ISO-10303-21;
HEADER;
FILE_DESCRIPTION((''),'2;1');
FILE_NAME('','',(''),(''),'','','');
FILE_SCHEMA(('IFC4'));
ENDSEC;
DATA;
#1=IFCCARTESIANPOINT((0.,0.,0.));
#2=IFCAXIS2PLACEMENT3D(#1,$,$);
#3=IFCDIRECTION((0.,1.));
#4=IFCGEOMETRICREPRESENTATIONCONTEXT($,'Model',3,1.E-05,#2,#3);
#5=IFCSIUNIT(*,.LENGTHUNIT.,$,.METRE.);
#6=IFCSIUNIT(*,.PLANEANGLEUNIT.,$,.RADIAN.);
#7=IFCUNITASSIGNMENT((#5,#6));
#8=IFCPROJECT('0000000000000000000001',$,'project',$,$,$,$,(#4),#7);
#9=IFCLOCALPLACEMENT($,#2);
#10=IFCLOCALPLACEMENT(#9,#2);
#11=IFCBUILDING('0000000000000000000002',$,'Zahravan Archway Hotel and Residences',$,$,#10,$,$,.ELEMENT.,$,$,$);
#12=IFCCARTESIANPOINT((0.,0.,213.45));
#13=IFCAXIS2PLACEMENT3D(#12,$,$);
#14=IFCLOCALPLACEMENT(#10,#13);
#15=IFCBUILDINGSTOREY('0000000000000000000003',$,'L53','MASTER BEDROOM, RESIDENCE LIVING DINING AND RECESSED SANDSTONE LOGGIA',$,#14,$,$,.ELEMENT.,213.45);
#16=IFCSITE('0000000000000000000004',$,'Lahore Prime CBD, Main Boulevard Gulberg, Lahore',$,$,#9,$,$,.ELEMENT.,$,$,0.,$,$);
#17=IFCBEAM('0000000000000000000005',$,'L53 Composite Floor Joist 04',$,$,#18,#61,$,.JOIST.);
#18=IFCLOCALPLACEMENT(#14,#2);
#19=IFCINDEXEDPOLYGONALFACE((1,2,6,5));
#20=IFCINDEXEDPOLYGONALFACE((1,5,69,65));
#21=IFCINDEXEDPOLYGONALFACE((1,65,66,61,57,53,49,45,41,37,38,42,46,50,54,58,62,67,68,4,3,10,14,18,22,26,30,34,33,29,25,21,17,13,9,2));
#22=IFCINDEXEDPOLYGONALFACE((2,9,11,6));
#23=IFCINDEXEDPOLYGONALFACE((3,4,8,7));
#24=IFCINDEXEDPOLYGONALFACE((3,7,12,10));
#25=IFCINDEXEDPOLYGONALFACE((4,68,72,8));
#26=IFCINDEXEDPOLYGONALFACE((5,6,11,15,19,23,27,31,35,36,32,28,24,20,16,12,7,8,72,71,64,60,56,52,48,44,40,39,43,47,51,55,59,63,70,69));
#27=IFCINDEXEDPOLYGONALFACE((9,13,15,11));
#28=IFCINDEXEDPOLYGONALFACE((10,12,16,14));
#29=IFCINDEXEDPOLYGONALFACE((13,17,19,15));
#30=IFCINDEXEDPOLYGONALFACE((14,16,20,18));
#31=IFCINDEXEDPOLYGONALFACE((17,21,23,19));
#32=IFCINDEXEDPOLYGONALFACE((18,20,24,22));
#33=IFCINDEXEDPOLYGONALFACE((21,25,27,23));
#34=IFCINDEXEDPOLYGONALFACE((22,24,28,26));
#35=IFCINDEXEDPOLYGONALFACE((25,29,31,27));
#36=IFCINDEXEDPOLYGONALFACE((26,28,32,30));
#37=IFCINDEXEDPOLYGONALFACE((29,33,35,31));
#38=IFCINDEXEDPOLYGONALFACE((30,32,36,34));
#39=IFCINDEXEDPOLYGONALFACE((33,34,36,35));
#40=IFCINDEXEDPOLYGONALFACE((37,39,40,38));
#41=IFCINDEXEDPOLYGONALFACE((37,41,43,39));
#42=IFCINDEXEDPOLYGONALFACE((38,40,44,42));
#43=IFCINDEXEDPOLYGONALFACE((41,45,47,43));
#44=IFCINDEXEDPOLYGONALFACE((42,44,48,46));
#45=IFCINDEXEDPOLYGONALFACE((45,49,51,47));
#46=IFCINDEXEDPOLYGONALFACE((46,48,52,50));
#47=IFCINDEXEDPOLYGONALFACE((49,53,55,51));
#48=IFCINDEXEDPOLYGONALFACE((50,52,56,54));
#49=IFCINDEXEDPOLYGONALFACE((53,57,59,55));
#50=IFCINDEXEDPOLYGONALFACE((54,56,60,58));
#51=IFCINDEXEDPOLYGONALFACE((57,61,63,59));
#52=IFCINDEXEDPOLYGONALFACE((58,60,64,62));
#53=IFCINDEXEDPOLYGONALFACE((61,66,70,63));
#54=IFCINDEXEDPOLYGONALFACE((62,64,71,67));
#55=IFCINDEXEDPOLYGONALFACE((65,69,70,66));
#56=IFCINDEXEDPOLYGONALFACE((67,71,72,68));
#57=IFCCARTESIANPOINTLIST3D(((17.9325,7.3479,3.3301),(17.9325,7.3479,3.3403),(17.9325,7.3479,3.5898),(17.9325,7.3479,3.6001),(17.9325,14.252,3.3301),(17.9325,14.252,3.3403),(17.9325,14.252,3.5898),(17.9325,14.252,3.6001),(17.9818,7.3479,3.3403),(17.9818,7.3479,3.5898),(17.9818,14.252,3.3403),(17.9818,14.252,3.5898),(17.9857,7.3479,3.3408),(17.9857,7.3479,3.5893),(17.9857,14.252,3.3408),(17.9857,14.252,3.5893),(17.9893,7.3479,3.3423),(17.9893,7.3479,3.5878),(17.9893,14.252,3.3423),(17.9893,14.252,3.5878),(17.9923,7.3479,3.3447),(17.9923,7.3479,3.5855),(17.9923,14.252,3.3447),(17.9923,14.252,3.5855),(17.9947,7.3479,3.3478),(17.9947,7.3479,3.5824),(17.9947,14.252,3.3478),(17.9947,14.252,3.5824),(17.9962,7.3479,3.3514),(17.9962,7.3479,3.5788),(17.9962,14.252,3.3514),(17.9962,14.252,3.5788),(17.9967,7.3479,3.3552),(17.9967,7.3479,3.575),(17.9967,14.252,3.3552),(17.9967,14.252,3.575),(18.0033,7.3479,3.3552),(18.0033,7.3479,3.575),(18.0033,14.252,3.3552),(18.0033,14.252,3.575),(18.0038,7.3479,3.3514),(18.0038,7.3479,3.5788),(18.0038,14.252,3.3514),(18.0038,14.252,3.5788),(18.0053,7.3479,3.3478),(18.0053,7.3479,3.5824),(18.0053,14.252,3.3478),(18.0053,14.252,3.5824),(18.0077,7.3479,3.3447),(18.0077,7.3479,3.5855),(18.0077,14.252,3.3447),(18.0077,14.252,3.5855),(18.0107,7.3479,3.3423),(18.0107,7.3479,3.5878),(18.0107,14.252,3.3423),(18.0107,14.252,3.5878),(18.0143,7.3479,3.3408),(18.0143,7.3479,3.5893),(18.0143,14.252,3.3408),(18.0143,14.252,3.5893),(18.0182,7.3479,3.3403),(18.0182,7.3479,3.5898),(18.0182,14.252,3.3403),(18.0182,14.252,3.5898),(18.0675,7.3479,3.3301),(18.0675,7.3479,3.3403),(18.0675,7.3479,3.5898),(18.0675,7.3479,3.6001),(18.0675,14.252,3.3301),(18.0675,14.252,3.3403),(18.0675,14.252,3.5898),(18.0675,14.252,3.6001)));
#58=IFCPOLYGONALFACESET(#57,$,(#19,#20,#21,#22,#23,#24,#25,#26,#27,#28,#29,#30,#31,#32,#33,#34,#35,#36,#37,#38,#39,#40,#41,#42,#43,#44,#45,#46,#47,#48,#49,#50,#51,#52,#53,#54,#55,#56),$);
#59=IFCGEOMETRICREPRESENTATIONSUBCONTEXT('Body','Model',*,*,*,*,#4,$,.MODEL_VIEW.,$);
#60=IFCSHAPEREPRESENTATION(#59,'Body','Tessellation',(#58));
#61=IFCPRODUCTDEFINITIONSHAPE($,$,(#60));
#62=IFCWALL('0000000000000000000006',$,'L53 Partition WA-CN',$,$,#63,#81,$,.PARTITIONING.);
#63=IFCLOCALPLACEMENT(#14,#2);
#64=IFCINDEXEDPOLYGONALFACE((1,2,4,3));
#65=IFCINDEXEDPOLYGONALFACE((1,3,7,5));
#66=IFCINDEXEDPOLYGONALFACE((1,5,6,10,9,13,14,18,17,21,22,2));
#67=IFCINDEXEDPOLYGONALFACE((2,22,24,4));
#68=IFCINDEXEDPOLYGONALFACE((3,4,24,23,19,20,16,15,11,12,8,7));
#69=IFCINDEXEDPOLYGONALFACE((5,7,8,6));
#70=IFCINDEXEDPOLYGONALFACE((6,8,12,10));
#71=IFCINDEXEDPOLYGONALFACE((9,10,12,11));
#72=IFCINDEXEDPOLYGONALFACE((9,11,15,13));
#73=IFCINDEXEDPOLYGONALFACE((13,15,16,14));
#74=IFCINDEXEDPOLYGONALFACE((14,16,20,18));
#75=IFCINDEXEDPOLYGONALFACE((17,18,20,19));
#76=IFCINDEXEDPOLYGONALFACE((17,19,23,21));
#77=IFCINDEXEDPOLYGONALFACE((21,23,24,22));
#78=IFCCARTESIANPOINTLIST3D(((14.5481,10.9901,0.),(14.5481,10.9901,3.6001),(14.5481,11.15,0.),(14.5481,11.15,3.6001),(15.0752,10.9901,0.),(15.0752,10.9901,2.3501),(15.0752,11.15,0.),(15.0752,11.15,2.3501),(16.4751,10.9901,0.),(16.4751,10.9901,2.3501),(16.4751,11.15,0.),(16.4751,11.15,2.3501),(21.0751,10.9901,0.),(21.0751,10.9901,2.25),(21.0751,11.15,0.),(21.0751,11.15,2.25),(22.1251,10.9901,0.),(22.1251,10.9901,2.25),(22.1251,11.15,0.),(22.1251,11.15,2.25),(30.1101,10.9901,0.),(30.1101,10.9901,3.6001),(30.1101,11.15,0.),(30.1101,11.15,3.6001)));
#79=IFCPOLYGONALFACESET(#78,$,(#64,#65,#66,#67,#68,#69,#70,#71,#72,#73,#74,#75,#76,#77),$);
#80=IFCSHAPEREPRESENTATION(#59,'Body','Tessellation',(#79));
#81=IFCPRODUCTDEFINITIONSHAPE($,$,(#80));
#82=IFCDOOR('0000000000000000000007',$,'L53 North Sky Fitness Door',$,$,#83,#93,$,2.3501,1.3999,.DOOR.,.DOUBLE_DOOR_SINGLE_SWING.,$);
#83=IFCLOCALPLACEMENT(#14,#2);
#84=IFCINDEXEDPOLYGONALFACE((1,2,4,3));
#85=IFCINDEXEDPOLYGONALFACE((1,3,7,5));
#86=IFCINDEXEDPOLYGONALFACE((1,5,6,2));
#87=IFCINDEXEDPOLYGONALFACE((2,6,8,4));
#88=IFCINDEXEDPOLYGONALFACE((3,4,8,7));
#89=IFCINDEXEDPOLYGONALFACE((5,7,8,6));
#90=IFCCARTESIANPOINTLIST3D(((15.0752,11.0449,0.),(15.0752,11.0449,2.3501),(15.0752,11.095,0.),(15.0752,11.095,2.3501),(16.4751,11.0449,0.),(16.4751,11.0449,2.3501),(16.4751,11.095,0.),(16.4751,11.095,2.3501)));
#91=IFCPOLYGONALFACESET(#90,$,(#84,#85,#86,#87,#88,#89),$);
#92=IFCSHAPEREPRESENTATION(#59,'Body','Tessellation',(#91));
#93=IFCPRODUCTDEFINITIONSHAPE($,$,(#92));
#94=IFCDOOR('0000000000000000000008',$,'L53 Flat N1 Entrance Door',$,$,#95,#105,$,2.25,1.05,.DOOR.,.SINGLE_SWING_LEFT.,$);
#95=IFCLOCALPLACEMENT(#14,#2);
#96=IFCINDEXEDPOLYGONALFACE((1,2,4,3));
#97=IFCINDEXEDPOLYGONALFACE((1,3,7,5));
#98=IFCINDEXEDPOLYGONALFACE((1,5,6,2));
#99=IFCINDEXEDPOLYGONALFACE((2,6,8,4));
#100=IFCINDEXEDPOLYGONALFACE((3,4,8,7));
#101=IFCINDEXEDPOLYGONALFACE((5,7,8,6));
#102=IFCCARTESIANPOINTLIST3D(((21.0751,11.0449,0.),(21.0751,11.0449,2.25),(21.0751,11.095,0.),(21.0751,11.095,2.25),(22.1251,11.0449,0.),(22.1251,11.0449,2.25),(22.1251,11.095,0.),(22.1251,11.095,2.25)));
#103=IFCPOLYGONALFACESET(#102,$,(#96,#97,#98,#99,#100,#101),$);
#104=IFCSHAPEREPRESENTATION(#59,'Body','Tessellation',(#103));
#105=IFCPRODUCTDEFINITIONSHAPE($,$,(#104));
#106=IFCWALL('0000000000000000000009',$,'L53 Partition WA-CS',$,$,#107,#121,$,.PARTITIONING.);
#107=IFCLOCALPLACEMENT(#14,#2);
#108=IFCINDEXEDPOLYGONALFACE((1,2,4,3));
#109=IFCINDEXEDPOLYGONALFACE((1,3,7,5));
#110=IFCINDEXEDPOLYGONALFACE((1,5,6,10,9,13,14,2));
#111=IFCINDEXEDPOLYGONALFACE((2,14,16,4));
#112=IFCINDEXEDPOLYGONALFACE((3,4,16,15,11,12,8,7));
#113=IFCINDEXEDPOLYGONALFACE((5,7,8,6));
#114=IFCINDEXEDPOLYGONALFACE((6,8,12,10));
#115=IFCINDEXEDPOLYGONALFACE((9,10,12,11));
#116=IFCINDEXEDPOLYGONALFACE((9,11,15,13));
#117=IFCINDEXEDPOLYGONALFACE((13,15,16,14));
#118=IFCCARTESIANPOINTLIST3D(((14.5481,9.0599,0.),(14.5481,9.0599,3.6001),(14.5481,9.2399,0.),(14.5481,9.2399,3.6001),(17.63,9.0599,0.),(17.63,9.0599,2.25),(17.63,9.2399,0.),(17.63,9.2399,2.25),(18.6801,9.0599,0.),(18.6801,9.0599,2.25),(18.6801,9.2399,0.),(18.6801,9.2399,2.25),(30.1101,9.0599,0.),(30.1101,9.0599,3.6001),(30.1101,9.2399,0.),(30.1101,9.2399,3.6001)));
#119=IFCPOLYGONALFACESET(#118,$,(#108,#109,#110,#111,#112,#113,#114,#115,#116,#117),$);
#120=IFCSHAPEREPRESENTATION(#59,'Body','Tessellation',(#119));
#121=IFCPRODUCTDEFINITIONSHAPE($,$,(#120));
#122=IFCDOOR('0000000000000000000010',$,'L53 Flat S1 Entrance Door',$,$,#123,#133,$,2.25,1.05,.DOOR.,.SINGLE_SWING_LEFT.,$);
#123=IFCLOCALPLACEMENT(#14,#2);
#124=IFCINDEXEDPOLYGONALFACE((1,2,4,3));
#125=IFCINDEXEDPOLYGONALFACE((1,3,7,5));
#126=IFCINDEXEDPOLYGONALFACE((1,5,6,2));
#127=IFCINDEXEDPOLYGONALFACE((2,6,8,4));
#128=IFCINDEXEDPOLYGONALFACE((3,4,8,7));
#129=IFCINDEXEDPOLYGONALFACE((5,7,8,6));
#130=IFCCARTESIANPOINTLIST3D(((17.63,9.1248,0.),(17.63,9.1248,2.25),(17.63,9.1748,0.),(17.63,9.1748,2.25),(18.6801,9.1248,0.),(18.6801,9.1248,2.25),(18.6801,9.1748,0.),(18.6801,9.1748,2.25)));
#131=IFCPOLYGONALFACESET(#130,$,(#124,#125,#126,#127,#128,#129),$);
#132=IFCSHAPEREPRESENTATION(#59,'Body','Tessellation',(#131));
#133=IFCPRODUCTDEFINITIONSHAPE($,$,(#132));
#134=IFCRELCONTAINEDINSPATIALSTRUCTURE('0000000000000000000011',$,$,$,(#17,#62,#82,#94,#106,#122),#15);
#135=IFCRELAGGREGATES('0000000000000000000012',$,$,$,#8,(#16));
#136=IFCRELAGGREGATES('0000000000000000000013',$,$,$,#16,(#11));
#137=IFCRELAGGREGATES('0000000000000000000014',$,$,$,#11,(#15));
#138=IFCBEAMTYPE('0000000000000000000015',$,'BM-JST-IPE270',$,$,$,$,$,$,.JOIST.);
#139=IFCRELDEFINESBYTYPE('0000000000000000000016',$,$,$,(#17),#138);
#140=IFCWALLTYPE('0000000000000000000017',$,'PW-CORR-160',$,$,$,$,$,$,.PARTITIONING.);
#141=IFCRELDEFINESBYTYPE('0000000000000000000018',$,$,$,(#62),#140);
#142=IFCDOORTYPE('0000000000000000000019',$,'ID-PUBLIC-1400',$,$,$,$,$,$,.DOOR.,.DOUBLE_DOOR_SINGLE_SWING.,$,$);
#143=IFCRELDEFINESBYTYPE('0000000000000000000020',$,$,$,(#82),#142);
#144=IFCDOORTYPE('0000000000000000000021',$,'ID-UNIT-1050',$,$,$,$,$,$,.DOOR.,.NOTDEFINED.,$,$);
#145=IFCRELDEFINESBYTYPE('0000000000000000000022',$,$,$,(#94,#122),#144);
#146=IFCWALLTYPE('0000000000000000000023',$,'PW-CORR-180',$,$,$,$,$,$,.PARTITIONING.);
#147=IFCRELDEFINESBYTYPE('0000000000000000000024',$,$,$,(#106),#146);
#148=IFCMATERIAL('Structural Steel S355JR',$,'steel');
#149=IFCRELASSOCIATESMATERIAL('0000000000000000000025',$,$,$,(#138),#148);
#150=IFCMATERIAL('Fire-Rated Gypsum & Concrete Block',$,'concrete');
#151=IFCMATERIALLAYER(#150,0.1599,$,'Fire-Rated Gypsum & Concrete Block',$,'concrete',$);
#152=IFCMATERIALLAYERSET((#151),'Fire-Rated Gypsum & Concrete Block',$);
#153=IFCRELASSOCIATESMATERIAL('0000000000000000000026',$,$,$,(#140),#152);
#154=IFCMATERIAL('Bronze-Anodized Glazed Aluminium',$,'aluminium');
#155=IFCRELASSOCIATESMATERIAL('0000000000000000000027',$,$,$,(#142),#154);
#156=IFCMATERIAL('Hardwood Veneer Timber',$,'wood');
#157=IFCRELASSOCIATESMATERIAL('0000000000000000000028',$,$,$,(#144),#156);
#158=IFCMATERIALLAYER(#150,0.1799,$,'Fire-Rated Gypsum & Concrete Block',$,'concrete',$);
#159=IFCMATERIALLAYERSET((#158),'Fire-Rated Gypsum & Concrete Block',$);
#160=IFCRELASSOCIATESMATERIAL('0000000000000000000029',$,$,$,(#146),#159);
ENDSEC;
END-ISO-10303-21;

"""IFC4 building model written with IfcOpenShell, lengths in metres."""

from ifc_helpers import new_model, si_unit, direction, frame, frame_2d, origin, origin_2d, place, context, subcontext, project, spatial, rectangle, i_section, extrude, source, transform, mapped, material, layer, layer_set, material_profile, profile_set, type_object, type_shapes, element, fill, save


model = new_model("IFC4")

# Units and contexts
model_context = context("Model", 3, precision=1e-05, world=origin(), true_north=direction((0.0, 1.0)))
body_context = subcontext(model_context, "Body", "Model", "MODEL_VIEW")
ifc_project = project(units=[si_unit("LENGTHUNIT", "METRE"), si_unit("PLANEANGLEUNIT", "RADIAN")], contexts=[model_context])

# Site, building, storey
site_placement = place(None, origin())
site = spatial("IfcSite", under=ifc_project, at=site_placement, Name="Lahore Prime CBD, Main Boulevard Gulberg, Lahore", CompositionType="ELEMENT", RefElevation=0.0)
building_placement = place(site_placement, origin())
building = spatial("IfcBuilding", under=site, at=building_placement, Name="Zahravan Archway Hotel and Residences", CompositionType="ELEMENT")
storey_placement = place(building_placement, frame((0.0, 0.0, 213.45)))
storey = spatial("IfcBuildingStorey", under=building, at=storey_placement, Name="L53", Description="MASTER BEDROOM, RESIDENCE LIVING DINING AND RECESSED SANDSTONE LOGGIA", CompositionType="ELEMENT", Elevation=213.45)

# Beam
ifc_material_1 = material(Name="Structural Steel S355JR", Category="steel")
ifc_material_profile_1 = material_profile(ifc_material_1, i_section(OverallWidth=0.135, OverallDepth=0.27, WebThickness=0.0066, FlangeThickness=0.0103, FilletRadius=0.0149, at=origin_2d()), Name="IPE 270", Category="steel")
ifc_profile_set_1 = profile_set([ifc_material_profile_1], Name="Structural Steel S355JR")
beam_type_1 = type_object("IfcBeamType", Name="BM-JST-IPE270", PredefinedType="JOIST", material=ifc_profile_set_1)
shared_shape_1 = source(origin(), body_context, "Body", "SweptSolid", [
    extrude(i_section(OverallWidth=0.135, OverallDepth=0.27, WebThickness=0.0066, FlangeThickness=0.0103, FilletRadius=0.0149, at=origin_2d()), origin(), (0.0, 0.0, 1.0), 6.9041),
])
type_shapes(beam_type_1, [shared_shape_1])
beam_1_placement = place(storey_placement, frame((18.0, 7.3479, 3.4651), z_axis=(0.0, 1.0, 0.0), x_axis=(-1.0, 0.0, 0.0)))
element("IfcBeam", 1, at=beam_1_placement, inside=storey, type_object=beam_type_1, Name="L53 Composite Floor Joist 04", PredefinedType="JOIST", context=body_context, shape_type="MappedRepresentation", body=[
    mapped(shared_shape_1, transform((0.0, 0.0, 0.0), scale=1.0)),
])

# Wall, openings, doors
ifc_material_2 = material(Name="Fire-Rated Gypsum & Concrete Block", Category="concrete")
ifc_layer_1 = layer(ifc_material_2, 0.1599, Name="Fire-Rated Gypsum & Concrete Block", Category="concrete")
ifc_layer_set_1 = layer_set([ifc_layer_1], Name="Fire-Rated Gypsum & Concrete Block")
wall_type_1 = type_object("IfcWallType", Name="PW-CORR-160", PredefinedType="PARTITIONING", material=ifc_layer_set_1)
wall_1_placement = place(storey_placement, frame((14.5481, 11.0701, 0.0), z_axis=(0.0, 0.0, 1.0), x_axis=(1.0, 0.0, 0.0)))
wall_1 = element("IfcWall", 2, at=wall_1_placement, inside=storey, type_object=wall_type_1, Name="L53 Partition WA-CN", PredefinedType="PARTITIONING", context=body_context, shape_type="SweptSolid", body=[
    extrude(rectangle(XDim=15.562, YDim=0.1599, at=frame_2d((7.781, 0.0))), origin(), (0.0, 0.0, 1.0), 3.6001),
])
opening_1_placement = place(wall_1_placement, frame((0.5271, 0.0, 0.0)))
opening_1 = element("IfcOpeningElement", 3, at=opening_1_placement, cuts=wall_1, PredefinedType="OPENING", context=body_context, shape_type="SweptSolid", body=[
    extrude(rectangle(XDim=1.3999, YDim=2.3501, at=frame_2d((0.7, 1.175))), frame((0.0, 0.0898, 0.0), z_axis=(0.0, -1.0, 0.0), x_axis=(1.0, 0.0, 0.0)), (0.0, 0.0, 1.0), 0.1799),
])
opening_2_placement = place(wall_1_placement, frame((6.5271, 0.0, 0.0)))
opening_2 = element("IfcOpeningElement", 4, at=opening_2_placement, cuts=wall_1, PredefinedType="OPENING", context=body_context, shape_type="SweptSolid", body=[
    extrude(rectangle(XDim=1.05, YDim=2.25, at=frame_2d((0.5249, 1.125))), frame((0.0, 0.0898, 0.0), z_axis=(0.0, -1.0, 0.0), x_axis=(1.0, 0.0, 0.0)), (0.0, 0.0, 1.0), 0.1799),
])
ifc_material_3 = material(Name="Bronze-Anodized Glazed Aluminium", Category="aluminium")
door_type_1 = type_object("IfcDoorType", Name="ID-PUBLIC-1400", OperationType="DOUBLE_DOOR_SINGLE_SWING", PredefinedType="DOOR", material=ifc_material_3)
shared_shape_2 = source(origin(), body_context, "Body", "SweptSolid", [
    extrude(rectangle(XDim=1.3999, YDim=2.3501, at=frame_2d((0.7, 1.175))), frame((0.0, 0.0249, 0.0), z_axis=(0.0, -1.0, 0.0), x_axis=(1.0, 0.0, 0.0)), (0.0, 0.0, 1.0), 0.05),
])
type_shapes(door_type_1, [shared_shape_2])
door_1_placement = place(opening_1_placement, origin())
door_1 = element("IfcDoor", 5, at=door_1_placement, inside=storey, type_object=door_type_1, Name="L53 North Sky Fitness Door", OperationType="DOUBLE_DOOR_SINGLE_SWING", OverallHeight=2.3501, OverallWidth=1.3999, PredefinedType="DOOR", context=body_context, shape_type="MappedRepresentation", body=[
    mapped(shared_shape_2, transform((0.0, 0.0, 0.0), scale=1.0)),
])
fill(opening_1, door_1)
ifc_material_4 = material(Name="Hardwood Veneer Timber", Category="wood")
door_type_2 = type_object("IfcDoorType", Name="ID-UNIT-1050", OperationType="NOTDEFINED", PredefinedType="DOOR", material=ifc_material_4)
shared_shape_3 = source(origin(), body_context, "Body", "SweptSolid", [
    extrude(rectangle(XDim=1.05, YDim=2.25, at=frame_2d((0.5249, 1.125))), frame((0.0, 0.0249, 0.0), z_axis=(0.0, -1.0, 0.0), x_axis=(1.0, 0.0, 0.0)), (0.0, 0.0, 1.0), 0.05),
])
type_shapes(door_type_2, [shared_shape_3])
door_2_placement = place(opening_2_placement, origin())
door_2 = element("IfcDoor", 6, at=door_2_placement, inside=storey, type_object=door_type_2, Name="L53 Flat N1 Entrance Door", OperationType="SINGLE_SWING_LEFT", OverallHeight=2.25, OverallWidth=1.05, PredefinedType="DOOR", context=body_context, shape_type="MappedRepresentation", body=[
    mapped(shared_shape_3, transform((0.0, 0.0, 0.0), scale=1.0)),
])
fill(opening_2, door_2)

# Wall, opening, door
ifc_layer_2 = layer(ifc_material_2, 0.1799, Name="Fire-Rated Gypsum & Concrete Block", Category="concrete")
ifc_layer_set_2 = layer_set([ifc_layer_2], Name="Fire-Rated Gypsum & Concrete Block")
wall_type_2 = type_object("IfcWallType", Name="PW-CORR-180", PredefinedType="PARTITIONING", material=ifc_layer_set_2)
wall_2_placement = place(storey_placement, frame((14.5481, 9.1499, 0.0), z_axis=(0.0, 0.0, 1.0), x_axis=(1.0, 0.0, 0.0)))
wall_2 = element("IfcWall", 7, at=wall_2_placement, inside=storey, type_object=wall_type_2, Name="L53 Partition WA-CS", PredefinedType="PARTITIONING", context=body_context, shape_type="SweptSolid", body=[
    extrude(rectangle(XDim=15.562, YDim=0.1799, at=frame_2d((7.781, 0.0))), origin(), (0.0, 0.0, 1.0), 3.6001),
])
opening_3_placement = place(wall_2_placement, frame((3.082, 0.0, 0.0)))
opening_3 = element("IfcOpeningElement", 8, at=opening_3_placement, cuts=wall_2, PredefinedType="OPENING", context=body_context, shape_type="SweptSolid", body=[
    extrude(rectangle(XDim=1.05, YDim=2.25, at=frame_2d((0.5249, 1.125))), frame((0.0, 0.1001, 0.0), z_axis=(0.0, -1.0, 0.0), x_axis=(1.0, 0.0, 0.0)), (0.0, 0.0, 1.0), 0.2),
])
door_3_placement = place(opening_3_placement, origin())
door_3 = element("IfcDoor", 9, at=door_3_placement, inside=storey, type_object=door_type_2, Name="L53 Flat S1 Entrance Door", OperationType="SINGLE_SWING_LEFT", OverallHeight=2.25, OverallWidth=1.05, PredefinedType="DOOR", context=body_context, shape_type="MappedRepresentation", body=[
    mapped(shared_shape_3, transform((0.0, 0.0, 0.0), scale=1.0)),
])
fill(opening_3, door_3)

save(model, "model.ifc")
